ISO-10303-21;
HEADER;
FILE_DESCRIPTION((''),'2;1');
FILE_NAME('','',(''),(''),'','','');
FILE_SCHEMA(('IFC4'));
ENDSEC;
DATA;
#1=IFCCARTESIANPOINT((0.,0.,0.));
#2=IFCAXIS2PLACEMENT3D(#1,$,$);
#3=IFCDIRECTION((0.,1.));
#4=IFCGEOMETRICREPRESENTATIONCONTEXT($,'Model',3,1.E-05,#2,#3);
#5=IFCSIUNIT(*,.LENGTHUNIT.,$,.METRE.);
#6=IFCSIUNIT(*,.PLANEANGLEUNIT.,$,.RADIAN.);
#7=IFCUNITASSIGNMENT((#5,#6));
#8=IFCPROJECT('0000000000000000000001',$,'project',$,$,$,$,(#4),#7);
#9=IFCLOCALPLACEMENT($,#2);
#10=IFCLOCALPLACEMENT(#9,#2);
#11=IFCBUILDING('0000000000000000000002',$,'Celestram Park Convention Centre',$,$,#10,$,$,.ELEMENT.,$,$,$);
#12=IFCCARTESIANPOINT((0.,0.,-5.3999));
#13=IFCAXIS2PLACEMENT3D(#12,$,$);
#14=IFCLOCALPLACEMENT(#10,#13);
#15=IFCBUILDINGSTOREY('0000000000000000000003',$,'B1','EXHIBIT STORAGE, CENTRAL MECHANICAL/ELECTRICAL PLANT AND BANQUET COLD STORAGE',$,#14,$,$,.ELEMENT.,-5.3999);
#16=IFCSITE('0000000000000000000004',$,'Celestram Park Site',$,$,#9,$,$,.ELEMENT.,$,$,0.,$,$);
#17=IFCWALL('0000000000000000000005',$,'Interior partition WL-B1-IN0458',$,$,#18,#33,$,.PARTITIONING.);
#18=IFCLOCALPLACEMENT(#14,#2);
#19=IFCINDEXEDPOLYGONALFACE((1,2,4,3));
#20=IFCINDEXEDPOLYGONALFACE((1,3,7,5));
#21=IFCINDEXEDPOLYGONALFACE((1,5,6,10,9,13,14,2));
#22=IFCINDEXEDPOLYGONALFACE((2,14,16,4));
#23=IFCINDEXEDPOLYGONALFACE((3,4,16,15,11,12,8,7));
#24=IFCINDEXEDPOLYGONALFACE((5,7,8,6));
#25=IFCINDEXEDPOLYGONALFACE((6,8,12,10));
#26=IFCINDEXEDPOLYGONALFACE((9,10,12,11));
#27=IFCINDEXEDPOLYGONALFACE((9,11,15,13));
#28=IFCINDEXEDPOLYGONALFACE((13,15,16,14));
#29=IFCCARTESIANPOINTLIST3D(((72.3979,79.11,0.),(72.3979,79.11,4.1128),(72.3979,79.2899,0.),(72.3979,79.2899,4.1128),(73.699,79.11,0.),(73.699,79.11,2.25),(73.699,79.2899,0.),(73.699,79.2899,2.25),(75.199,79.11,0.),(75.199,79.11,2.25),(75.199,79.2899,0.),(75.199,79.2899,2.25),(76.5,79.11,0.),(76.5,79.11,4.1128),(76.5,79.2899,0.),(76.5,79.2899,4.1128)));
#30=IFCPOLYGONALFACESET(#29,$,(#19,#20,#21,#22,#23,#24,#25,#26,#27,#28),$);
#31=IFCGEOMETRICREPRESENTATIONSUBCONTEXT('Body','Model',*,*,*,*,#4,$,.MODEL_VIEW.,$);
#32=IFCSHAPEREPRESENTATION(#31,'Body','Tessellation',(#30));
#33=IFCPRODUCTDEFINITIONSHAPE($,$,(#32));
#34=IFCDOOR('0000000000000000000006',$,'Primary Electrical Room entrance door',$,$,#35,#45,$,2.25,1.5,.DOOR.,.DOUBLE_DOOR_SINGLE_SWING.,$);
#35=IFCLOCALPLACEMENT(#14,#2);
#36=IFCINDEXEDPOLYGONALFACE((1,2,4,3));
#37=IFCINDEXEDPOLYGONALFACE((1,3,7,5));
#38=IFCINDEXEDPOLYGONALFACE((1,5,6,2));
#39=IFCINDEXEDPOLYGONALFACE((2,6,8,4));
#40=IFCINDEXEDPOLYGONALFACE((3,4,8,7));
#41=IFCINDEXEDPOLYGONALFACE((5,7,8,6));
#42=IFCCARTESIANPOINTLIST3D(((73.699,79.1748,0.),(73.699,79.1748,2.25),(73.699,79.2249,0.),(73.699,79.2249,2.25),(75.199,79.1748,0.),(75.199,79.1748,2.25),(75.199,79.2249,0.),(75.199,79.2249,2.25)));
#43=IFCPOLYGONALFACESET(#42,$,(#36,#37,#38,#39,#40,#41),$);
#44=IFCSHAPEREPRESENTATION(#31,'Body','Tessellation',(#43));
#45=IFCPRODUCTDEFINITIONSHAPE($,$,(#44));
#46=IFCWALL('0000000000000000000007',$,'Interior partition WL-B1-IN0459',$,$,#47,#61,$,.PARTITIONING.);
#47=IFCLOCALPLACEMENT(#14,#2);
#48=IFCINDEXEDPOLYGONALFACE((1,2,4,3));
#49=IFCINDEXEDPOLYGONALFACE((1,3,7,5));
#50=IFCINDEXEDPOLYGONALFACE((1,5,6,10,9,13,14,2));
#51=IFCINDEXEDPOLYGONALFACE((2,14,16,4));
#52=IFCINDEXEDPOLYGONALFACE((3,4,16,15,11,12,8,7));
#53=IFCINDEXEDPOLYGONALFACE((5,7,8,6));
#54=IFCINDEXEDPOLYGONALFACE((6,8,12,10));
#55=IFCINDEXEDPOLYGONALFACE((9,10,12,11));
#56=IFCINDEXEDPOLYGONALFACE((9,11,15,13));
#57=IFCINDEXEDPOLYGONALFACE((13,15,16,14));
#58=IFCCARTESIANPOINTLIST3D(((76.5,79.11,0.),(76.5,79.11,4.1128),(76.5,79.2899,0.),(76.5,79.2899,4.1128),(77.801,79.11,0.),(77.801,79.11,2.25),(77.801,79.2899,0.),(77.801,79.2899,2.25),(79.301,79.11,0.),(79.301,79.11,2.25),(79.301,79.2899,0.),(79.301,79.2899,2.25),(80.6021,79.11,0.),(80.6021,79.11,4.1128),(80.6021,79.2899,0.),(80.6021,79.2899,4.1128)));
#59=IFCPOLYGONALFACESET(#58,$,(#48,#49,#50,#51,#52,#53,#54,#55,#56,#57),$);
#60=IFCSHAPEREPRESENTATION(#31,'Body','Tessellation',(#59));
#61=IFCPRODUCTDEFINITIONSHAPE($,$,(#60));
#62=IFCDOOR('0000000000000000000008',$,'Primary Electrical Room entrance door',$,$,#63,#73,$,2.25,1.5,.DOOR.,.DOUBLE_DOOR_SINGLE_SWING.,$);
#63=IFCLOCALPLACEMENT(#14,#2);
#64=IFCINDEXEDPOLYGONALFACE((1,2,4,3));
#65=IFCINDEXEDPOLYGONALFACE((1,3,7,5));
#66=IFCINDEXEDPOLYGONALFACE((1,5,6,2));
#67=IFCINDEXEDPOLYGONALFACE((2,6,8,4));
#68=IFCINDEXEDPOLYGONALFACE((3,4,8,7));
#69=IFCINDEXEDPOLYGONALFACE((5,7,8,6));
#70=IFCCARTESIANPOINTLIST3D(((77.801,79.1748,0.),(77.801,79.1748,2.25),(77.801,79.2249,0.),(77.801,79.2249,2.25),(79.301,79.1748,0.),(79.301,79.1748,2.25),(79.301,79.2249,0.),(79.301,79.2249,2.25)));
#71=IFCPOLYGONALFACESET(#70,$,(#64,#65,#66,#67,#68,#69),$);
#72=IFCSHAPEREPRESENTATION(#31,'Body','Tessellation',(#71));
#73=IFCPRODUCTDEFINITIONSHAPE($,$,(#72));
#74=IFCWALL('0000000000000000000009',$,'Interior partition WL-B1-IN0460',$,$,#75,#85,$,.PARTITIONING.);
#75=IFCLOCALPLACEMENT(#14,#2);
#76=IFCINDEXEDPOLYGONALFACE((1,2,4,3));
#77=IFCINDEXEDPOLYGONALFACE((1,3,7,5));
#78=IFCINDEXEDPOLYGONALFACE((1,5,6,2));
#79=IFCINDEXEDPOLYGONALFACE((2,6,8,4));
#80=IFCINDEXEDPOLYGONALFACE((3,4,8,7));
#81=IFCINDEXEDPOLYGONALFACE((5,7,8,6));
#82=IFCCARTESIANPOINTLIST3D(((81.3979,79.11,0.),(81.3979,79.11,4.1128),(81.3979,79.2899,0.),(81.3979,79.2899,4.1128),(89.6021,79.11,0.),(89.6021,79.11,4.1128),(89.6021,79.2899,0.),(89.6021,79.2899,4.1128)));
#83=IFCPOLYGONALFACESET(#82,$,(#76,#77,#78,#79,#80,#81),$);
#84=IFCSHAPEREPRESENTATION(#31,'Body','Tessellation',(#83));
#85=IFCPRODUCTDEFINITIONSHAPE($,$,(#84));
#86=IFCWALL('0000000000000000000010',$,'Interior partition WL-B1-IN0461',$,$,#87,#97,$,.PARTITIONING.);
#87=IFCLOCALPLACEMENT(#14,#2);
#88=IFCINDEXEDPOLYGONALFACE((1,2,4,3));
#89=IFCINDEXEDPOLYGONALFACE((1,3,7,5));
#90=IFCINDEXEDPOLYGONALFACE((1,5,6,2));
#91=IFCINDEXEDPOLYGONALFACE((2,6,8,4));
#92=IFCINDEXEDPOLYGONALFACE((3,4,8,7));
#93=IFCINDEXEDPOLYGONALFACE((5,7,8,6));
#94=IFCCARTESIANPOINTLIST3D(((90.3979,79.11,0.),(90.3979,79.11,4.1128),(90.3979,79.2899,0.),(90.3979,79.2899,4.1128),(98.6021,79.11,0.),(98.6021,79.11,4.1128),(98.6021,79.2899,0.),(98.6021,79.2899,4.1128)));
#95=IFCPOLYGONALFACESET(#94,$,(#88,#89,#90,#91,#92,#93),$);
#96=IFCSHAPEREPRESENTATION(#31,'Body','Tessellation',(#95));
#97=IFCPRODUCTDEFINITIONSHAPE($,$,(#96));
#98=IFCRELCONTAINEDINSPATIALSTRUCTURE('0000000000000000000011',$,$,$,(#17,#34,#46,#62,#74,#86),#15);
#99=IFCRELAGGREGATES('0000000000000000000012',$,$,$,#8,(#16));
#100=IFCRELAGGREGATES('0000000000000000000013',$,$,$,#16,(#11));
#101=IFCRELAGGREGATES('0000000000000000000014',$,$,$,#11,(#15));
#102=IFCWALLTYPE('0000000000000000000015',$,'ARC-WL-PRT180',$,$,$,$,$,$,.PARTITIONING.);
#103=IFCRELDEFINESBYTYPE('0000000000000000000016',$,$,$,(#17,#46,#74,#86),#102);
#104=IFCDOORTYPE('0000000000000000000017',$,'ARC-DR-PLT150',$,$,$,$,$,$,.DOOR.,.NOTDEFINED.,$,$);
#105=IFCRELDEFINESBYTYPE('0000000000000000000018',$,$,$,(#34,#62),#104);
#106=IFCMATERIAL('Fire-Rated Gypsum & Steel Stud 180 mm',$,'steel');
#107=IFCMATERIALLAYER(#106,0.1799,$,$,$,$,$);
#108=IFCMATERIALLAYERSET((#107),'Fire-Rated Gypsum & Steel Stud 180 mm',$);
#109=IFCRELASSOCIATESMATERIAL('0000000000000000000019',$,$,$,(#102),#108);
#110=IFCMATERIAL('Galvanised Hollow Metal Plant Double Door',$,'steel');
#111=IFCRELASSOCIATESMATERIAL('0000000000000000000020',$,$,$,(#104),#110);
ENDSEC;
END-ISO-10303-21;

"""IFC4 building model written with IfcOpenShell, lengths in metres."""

from ifc_helpers import new_model, si_unit, direction, frame, frame_2d, origin, place, context, subcontext, project, spatial, rectangle, extrude, material, layer, layer_set, type_object, element, fill, save


model = new_model("IFC4")

# Units and contexts
model_context = context("Model", 3, precision=1e-05, world=origin(), true_north=direction((0.0, 1.0)))
body_context = subcontext(model_context, "Body", "Model", "MODEL_VIEW")
ifc_project = project(units=[si_unit("LENGTHUNIT", "METRE"), si_unit("PLANEANGLEUNIT", "RADIAN")], contexts=[model_context])

# Site, building, storey
site_placement = place(None, origin())
site = spatial("IfcSite", under=ifc_project, at=site_placement, Name="Celestram Park Site", CompositionType="ELEMENT", RefElevation=0.0)
building_placement = place(site_placement, origin())
building = spatial("IfcBuilding", under=site, at=building_placement, Name="Celestram Park Convention Centre", CompositionType="ELEMENT")
storey_placement = place(building_placement, frame((0.0, 0.0, -5.3999)))
storey = spatial("IfcBuildingStorey", under=building, at=storey_placement, Name="B1", Description="EXHIBIT STORAGE, CENTRAL MECHANICAL/ELECTRICAL PLANT AND BANQUET COLD STORAGE", CompositionType="ELEMENT", Elevation=-5.3999)

# Walls, openings, doors
ifc_material_1 = material(Name="Fire-Rated Gypsum & Steel Stud 180 mm", Category="steel")
ifc_layer = layer(ifc_material_1, 0.1799)
ifc_layer_set = layer_set([ifc_layer], Name="Fire-Rated Gypsum & Steel Stud 180 mm")
wall_type = type_object("IfcWallType", Name="ARC-WL-PRT180", PredefinedType="PARTITIONING", material=ifc_layer_set)
wall_1_placement = place(storey_placement, frame((72.3979, 79.2, 0.0), z_axis=(0.0, 0.0, 1.0), x_axis=(1.0, 0.0, 0.0)))
wall_1 = element("IfcWall", 1, at=wall_1_placement, inside=storey, type_object=wall_type, Name="Interior partition WL-B1-IN0458", PredefinedType="PARTITIONING", context=body_context, shape_type="SweptSolid", body=[
    extrude(rectangle(XDim=4.1021, YDim=0.1799, at=frame_2d((2.051, 0.0))), origin(), (0.0, 0.0, 1.0), 4.1128),
])
opening_1_placement = place(wall_1_placement, frame((1.301, 0.0, 0.0)))
opening_1 = element("IfcOpeningElement", 2, at=opening_1_placement, cuts=wall_1, PredefinedType="OPENING", context=body_context, shape_type="SweptSolid", body=[
    extrude(rectangle(XDim=1.5, YDim=2.25, at=frame_2d((0.75, 1.125))), frame((0.0, 0.0999, 0.0), z_axis=(0.0, -1.0, 0.0), x_axis=(1.0, 0.0, 0.0)), (0.0, 0.0, 1.0), 0.2),
])
ifc_material_2 = material(Name="Galvanised Hollow Metal Plant Double Door", Category="steel")
door_type = type_object("IfcDoorType", Name="ARC-DR-PLT150", OperationType="NOTDEFINED", PredefinedType="DOOR", material=ifc_material_2)
door_1_placement = place(opening_1_placement, origin())
door_1 = element("IfcDoor", 3, at=door_1_placement, inside=storey, type_object=door_type, Name="Primary Electrical Room entrance door", OperationType="DOUBLE_DOOR_SINGLE_SWING", OverallHeight=2.25, OverallWidth=1.5, PredefinedType="DOOR", context=body_context, shape_type="SweptSolid", body=[
    extrude(rectangle(XDim=1.5, YDim=2.25, at=frame_2d((0.75, 1.125))), frame((0.0, 0.0249, 0.0), z_axis=(0.0, -1.0, 0.0), x_axis=(1.0, 0.0, 0.0)), (0.0, 0.0, 1.0), 0.05),
])
fill(opening_1, door_1)
wall_2_placement = place(storey_placement, frame((76.5, 79.2, 0.0), z_axis=(0.0, 0.0, 1.0), x_axis=(1.0, 0.0, 0.0)))
wall_2 = element("IfcWall", 4, at=wall_2_placement, inside=storey, type_object=wall_type, Name="Interior partition WL-B1-IN0459", PredefinedType="PARTITIONING", context=body_context, shape_type="SweptSolid", body=[
    extrude(rectangle(XDim=4.1021, YDim=0.1799, at=frame_2d((2.051, 0.0))), origin(), (0.0, 0.0, 1.0), 4.1128),
])
opening_2_placement = place(wall_2_placement, frame((1.301, 0.0, 0.0)))
opening_2 = element("IfcOpeningElement", 5, at=opening_2_placement, cuts=wall_2, PredefinedType="OPENING", context=body_context, shape_type="SweptSolid", body=[
    extrude(rectangle(XDim=1.5, YDim=2.25, at=frame_2d((0.75, 1.125))), frame((0.0, 0.0999, 0.0), z_axis=(0.0, -1.0, 0.0), x_axis=(1.0, 0.0, 0.0)), (0.0, 0.0, 1.0), 0.2),
])
door_2_placement = place(opening_2_placement, origin())
door_2 = element("IfcDoor", 6, at=door_2_placement, inside=storey, type_object=door_type, Name="Primary Electrical Room entrance door", OperationType="DOUBLE_DOOR_SINGLE_SWING", OverallHeight=2.25, OverallWidth=1.5, PredefinedType="DOOR", context=body_context, shape_type="SweptSolid", body=[
    extrude(rectangle(XDim=1.5, YDim=2.25, at=frame_2d((0.75, 1.125))), frame((0.0, 0.0249, 0.0), z_axis=(0.0, -1.0, 0.0), x_axis=(1.0, 0.0, 0.0)), (0.0, 0.0, 1.0), 0.05),
])
fill(opening_2, door_2)

# Walls
for number, where, z_axis, x_axis, name in (
    (7, (81.3979, 79.2, 0.0), (0.0, 0.0, 1.0), (1.0, 0.0, 0.0), "Interior partition WL-B1-IN0460"),
    (8, (90.3979, 79.2, 0.0), (0.0, 0.0, 1.0), (1.0, 0.0, 0.0), "Interior partition WL-B1-IN0461"),
):
    element("IfcWall", number, at=place(storey_placement, frame(where, z_axis=z_axis, x_axis=x_axis)), inside=storey, type_object=wall_type, Name=name, PredefinedType="PARTITIONING", context=body_context, shape_type="SweptSolid", body=[
        extrude(rectangle(XDim=8.2041, YDim=0.1799, at=frame_2d((4.1021, 0.0))), origin(), (0.0, 0.0, 1.0), 4.1128),
    ])

save(model, "model.ifc")
